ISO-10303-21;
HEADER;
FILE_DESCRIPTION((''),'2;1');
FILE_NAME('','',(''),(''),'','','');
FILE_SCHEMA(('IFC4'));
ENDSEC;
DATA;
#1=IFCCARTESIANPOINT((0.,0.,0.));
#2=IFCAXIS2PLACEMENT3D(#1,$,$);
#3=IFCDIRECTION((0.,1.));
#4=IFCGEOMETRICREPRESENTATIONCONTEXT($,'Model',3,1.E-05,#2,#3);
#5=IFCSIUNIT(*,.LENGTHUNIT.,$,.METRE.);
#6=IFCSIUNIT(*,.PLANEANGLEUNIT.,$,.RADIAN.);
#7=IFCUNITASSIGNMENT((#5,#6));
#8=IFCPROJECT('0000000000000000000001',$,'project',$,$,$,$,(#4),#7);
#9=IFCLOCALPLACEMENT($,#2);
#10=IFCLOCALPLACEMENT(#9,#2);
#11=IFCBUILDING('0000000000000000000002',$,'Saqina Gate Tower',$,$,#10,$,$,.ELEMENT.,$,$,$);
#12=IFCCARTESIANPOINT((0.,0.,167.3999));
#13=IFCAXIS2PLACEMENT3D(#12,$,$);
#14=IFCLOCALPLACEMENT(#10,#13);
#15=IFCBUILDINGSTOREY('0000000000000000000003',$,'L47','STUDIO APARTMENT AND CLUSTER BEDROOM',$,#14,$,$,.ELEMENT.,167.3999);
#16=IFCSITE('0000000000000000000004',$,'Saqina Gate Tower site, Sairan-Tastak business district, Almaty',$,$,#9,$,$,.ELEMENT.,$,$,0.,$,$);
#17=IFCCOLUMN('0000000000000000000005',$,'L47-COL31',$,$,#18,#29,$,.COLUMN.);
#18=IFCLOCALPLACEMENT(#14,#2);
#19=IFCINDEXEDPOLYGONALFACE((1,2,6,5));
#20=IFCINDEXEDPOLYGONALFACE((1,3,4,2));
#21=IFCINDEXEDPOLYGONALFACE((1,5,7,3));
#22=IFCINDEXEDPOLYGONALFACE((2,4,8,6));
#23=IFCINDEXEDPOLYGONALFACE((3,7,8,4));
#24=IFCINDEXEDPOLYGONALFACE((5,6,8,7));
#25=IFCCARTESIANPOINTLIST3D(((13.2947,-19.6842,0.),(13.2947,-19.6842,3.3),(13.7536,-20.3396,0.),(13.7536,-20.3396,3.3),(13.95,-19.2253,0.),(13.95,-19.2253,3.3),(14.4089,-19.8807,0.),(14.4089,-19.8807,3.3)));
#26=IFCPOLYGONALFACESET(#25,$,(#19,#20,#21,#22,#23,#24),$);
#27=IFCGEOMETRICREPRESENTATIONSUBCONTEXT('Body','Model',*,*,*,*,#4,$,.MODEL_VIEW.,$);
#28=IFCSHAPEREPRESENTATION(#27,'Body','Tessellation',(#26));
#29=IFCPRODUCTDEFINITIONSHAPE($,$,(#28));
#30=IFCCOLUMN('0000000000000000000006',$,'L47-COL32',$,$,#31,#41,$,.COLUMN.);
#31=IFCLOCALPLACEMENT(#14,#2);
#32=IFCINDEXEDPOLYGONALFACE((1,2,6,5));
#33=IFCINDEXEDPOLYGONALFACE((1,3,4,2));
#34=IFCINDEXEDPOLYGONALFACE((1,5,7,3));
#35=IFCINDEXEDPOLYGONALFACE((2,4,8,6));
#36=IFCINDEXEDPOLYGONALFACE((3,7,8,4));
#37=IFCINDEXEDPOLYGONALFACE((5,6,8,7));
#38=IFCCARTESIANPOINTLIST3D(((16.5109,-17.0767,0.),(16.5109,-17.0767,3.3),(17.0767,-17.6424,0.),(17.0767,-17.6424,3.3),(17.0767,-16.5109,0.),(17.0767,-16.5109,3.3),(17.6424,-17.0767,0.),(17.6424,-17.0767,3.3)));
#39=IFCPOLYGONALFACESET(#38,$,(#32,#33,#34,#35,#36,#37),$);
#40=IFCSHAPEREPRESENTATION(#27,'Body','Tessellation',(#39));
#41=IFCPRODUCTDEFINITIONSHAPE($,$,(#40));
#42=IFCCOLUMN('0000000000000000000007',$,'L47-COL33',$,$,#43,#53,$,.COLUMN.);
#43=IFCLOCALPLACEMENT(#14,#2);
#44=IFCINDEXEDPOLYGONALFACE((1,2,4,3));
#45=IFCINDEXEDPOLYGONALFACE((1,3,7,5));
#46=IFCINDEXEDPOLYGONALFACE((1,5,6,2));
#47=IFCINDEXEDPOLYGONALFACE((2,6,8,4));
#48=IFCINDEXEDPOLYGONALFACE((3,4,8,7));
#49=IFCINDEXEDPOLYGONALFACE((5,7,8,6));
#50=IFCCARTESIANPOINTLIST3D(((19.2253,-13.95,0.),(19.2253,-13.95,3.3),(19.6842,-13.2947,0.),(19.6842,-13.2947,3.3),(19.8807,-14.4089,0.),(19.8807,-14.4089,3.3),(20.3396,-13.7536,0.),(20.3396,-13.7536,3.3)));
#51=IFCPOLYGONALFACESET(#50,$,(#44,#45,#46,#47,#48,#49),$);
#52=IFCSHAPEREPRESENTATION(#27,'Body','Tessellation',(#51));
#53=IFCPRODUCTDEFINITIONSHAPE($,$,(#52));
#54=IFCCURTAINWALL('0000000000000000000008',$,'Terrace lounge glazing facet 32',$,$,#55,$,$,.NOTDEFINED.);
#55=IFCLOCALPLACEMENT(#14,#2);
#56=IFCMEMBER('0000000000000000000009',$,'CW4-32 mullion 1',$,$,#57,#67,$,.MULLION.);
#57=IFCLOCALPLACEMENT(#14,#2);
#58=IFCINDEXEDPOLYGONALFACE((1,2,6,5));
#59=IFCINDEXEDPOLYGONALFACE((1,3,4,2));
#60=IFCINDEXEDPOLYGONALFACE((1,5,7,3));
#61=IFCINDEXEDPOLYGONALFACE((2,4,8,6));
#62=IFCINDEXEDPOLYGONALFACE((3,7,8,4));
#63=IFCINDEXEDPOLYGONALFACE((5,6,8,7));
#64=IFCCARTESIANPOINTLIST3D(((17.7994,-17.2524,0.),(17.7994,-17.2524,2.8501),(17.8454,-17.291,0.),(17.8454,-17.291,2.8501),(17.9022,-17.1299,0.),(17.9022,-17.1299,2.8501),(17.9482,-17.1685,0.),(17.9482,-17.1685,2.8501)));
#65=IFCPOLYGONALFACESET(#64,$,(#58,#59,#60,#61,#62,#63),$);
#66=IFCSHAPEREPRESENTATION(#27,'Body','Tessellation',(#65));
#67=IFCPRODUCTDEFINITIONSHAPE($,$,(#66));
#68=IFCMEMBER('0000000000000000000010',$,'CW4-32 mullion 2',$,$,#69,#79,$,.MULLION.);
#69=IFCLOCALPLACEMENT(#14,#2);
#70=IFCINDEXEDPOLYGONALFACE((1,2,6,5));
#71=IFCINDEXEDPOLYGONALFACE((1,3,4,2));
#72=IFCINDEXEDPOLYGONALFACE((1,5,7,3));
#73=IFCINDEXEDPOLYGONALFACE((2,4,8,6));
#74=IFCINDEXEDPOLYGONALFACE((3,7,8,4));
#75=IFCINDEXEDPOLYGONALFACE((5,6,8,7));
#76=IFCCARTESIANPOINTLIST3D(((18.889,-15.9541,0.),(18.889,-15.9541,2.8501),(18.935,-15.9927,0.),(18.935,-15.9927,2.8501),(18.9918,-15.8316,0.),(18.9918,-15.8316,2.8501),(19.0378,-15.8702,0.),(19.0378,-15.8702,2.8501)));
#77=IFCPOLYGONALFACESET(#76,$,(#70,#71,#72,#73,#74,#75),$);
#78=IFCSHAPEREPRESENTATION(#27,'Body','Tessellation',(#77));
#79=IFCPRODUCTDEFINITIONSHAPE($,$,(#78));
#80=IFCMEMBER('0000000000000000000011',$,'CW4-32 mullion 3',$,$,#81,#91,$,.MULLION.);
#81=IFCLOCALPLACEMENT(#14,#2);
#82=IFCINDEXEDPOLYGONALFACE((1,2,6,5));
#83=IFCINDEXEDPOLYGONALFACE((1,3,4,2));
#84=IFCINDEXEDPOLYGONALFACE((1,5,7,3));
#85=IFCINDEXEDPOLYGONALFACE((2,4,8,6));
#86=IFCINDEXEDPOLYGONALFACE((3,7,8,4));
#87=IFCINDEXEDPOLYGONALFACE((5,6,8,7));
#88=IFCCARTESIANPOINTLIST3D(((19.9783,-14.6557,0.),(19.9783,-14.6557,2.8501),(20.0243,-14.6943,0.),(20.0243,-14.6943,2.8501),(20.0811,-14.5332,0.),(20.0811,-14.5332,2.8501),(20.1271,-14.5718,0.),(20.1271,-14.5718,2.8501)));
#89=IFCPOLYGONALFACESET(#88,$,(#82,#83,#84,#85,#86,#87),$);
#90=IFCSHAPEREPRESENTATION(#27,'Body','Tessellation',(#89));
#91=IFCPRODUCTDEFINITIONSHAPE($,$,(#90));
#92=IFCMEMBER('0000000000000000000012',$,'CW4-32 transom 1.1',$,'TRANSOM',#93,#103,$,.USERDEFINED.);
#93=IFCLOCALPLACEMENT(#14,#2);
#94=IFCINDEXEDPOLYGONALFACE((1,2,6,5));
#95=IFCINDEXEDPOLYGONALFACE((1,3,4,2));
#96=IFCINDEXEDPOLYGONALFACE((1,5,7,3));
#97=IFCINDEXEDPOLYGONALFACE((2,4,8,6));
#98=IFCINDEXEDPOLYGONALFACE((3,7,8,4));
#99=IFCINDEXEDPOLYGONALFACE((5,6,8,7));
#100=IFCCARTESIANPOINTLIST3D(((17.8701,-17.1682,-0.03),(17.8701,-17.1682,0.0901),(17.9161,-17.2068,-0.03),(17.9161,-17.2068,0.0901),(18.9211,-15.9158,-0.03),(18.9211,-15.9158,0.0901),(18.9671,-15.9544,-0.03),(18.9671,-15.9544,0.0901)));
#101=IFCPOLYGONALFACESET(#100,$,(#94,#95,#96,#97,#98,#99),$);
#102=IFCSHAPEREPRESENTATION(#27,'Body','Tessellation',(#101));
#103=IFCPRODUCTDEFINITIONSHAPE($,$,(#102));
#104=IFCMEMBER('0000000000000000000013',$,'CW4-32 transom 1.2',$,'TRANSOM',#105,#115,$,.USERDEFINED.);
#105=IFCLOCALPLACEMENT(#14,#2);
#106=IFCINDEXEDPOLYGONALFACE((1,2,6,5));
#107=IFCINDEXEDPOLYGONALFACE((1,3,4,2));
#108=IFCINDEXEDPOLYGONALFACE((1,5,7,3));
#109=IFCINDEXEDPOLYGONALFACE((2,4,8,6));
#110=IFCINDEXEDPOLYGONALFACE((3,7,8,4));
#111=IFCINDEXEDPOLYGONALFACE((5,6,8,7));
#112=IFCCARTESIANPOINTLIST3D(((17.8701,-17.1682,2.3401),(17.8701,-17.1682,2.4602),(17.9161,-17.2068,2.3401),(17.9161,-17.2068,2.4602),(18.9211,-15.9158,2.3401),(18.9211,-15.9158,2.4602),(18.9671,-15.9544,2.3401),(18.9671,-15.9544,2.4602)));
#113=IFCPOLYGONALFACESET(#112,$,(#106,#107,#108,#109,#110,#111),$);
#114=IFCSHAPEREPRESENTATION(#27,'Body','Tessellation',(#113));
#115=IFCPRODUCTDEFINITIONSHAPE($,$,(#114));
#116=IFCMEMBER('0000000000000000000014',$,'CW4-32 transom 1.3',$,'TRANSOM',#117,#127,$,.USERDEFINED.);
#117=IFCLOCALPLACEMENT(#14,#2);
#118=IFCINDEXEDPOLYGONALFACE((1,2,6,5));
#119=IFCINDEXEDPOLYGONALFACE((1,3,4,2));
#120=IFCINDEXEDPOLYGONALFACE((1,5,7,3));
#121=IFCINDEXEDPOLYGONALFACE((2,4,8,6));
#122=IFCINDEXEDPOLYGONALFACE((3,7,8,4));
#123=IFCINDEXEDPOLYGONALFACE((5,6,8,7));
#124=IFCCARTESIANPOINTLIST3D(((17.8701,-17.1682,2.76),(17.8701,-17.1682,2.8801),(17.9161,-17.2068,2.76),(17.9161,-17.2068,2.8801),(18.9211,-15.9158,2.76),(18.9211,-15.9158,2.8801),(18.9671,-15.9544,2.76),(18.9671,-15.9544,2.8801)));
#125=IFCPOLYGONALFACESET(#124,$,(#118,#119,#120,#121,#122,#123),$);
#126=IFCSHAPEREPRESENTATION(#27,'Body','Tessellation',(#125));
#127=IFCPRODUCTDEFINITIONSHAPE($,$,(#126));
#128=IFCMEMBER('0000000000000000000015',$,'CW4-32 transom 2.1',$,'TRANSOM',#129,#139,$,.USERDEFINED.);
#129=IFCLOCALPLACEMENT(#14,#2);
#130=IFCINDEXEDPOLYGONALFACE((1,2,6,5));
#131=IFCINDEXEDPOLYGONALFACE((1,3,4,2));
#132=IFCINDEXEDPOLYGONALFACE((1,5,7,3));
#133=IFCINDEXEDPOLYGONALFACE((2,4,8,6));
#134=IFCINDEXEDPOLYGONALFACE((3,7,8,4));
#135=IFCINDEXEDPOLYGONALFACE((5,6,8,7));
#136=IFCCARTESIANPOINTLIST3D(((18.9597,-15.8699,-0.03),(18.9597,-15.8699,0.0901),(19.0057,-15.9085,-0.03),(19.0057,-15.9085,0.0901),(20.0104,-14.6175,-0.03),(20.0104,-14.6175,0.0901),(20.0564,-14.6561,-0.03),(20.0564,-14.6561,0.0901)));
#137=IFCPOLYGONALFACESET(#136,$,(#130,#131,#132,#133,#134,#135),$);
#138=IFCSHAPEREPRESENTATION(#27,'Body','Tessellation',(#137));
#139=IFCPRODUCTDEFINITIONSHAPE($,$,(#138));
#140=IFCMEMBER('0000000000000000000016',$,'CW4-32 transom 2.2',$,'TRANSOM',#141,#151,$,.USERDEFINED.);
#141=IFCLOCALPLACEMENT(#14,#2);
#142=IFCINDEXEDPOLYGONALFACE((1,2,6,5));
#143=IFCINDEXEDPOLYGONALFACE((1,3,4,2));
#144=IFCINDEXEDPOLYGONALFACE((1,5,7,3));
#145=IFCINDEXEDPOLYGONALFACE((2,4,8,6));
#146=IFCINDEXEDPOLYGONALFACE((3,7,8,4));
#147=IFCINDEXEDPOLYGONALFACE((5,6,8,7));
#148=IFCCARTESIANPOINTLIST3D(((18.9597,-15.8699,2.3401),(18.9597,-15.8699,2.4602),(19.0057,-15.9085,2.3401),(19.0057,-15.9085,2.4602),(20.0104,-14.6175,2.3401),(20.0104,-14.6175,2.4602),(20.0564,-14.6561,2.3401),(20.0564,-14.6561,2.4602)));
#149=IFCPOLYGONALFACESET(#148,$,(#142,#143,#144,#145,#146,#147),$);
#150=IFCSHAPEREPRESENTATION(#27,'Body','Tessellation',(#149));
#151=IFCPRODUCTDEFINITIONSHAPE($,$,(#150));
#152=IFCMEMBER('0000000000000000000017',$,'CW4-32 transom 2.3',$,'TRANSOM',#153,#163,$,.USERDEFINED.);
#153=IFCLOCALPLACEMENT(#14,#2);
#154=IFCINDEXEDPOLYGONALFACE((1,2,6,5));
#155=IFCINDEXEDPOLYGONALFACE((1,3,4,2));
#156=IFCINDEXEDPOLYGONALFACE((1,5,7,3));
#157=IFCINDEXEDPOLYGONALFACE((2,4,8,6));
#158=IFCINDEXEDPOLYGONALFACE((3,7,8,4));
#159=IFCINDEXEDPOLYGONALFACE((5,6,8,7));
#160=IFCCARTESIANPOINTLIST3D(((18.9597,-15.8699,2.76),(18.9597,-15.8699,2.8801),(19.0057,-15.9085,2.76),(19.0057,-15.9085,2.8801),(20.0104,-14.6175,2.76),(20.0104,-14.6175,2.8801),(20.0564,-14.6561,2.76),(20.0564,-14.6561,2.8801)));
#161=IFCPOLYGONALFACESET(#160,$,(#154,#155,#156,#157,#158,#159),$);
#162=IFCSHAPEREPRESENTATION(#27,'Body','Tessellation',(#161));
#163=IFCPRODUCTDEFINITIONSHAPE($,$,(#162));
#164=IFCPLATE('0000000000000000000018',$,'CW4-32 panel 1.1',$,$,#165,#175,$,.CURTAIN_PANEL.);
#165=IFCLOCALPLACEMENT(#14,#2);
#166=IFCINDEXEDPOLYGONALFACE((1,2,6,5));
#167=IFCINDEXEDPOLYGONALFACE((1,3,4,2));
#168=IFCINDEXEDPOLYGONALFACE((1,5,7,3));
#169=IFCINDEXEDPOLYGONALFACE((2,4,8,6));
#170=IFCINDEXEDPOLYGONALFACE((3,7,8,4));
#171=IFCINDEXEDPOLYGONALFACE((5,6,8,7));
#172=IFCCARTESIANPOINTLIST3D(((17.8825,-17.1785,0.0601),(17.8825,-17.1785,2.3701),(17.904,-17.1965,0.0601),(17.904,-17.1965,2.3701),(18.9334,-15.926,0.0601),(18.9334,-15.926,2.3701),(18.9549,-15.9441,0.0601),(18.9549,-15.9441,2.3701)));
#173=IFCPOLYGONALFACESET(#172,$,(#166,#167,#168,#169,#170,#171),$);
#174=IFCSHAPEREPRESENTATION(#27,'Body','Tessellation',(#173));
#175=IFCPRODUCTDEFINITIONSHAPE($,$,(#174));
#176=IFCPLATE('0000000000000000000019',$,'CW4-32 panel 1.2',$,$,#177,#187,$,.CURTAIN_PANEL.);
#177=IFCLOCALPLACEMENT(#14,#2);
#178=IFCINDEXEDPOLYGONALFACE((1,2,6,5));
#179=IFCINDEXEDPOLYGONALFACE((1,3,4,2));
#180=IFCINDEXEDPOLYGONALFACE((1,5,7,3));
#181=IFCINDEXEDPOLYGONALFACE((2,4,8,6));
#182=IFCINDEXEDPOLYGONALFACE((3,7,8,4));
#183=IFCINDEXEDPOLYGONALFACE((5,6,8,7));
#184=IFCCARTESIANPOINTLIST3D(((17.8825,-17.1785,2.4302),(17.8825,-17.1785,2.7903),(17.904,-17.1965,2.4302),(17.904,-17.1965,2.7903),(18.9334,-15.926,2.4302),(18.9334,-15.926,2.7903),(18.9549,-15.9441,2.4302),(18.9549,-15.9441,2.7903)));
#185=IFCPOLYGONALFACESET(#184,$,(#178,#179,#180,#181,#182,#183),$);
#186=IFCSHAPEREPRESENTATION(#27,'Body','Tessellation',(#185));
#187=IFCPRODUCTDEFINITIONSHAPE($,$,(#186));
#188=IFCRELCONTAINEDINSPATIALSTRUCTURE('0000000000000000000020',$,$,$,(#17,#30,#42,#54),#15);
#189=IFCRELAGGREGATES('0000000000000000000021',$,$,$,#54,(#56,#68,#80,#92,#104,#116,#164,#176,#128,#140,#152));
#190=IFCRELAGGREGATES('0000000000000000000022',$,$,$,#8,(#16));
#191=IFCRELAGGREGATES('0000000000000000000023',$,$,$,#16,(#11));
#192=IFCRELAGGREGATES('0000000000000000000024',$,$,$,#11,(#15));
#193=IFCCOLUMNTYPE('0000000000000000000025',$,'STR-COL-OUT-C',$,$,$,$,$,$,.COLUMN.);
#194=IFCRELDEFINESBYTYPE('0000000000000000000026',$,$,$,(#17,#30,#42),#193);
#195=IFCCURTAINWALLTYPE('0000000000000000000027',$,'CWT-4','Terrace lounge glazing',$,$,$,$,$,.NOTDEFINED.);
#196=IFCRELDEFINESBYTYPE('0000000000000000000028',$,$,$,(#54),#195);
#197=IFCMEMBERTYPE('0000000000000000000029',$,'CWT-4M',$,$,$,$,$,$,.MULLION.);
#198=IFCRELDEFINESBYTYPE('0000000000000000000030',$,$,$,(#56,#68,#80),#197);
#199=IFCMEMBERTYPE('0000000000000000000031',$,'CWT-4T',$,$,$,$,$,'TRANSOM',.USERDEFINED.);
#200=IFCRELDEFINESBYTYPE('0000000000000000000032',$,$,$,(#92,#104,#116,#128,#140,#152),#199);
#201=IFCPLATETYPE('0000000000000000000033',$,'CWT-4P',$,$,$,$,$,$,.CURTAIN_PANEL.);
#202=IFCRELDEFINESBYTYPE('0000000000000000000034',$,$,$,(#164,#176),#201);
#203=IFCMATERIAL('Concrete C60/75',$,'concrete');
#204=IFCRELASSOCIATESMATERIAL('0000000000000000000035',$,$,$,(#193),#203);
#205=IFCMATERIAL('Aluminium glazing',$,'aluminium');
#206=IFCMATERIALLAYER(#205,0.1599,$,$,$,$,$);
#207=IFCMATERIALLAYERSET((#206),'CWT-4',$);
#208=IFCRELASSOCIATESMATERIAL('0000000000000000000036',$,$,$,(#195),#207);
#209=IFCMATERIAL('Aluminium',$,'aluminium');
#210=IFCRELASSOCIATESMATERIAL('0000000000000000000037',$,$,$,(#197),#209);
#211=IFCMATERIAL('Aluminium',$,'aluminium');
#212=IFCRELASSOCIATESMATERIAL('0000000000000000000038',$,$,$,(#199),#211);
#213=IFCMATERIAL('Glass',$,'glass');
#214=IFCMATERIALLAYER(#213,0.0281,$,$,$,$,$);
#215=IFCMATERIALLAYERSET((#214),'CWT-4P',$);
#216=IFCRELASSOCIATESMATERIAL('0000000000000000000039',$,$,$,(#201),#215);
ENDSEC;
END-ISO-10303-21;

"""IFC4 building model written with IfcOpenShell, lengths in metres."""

from ifc_helpers import new_model, si_unit, direction, frame, origin, origin_2d, place, context, subcontext, project, spatial, rectangle, extrude, material, layer, layer_set, material_profile, profile_set, type_object, element, aggregate, save


model = new_model("IFC4")

# Units and contexts
model_context = context("Model", 3, precision=1e-05, world=origin(), true_north=direction((0.0, 1.0)))
body_context = subcontext(model_context, "Body", "Model", "MODEL_VIEW")
ifc_project = project(units=[si_unit("LENGTHUNIT", "METRE"), si_unit("PLANEANGLEUNIT", "RADIAN")], contexts=[model_context])

# Site, building, storey
site_placement = place(None, origin())
site = spatial("IfcSite", under=ifc_project, at=site_placement, Name="Saqina Gate Tower site, Sairan-Tastak business district, Almaty", CompositionType="ELEMENT", RefElevation=0.0)
building_placement = place(site_placement, origin())
building = spatial("IfcBuilding", under=site, at=building_placement, Name="Saqina Gate Tower", CompositionType="ELEMENT")
storey_placement = place(building_placement, frame((0.0, 0.0, 167.3999)))
storey = spatial("IfcBuildingStorey", under=building, at=storey_placement, Name="L47", Description="STUDIO APARTMENT AND CLUSTER BEDROOM", CompositionType="ELEMENT", Elevation=167.3999)

# Columns
ifc_material_1 = material(Name="Concrete C60/75", Category="concrete")
ifc_material_profile_1 = material_profile(ifc_material_1, rectangle(XDim=0.8, YDim=0.8, at=origin_2d()), Name="RC 800x800")
ifc_profile_set_1 = profile_set([ifc_material_profile_1], Name="Concrete C60/75")
column_type = type_object("IfcColumnType", Name="STR-COL-OUT-C", PredefinedType="COLUMN", material=ifc_profile_set_1)
for number, where, z_axis, x_axis, name in (
    (1, (13.8518, -19.7825, 0.0), (0.0, 0.0, 1.0), (0.573576, -0.819152, 0.0), "L47-COL31"),
    (2, (17.0767, -17.0767, 0.0), (0.0, 0.0, 1.0), (0.707107, -0.707107, 0.0), "L47-COL32"),
    (3, (19.7825, -13.8518, 0.0), (0.0, 0.0, 1.0), (0.819152, -0.573576, 0.0), "L47-COL33"),
):
    element("IfcColumn", number, at=place(storey_placement, frame(where, z_axis=z_axis, x_axis=x_axis)), inside=storey, type_object=column_type, Name=name, PredefinedType="COLUMN", context=body_context, shape_type="SweptSolid", body=[
        extrude(rectangle(XDim=0.8, YDim=0.8, at=origin_2d()), origin(), (0.0, 0.0, 1.0), 3.3),
    ])

# Curtain wall, members, plates
ifc_material_2 = material(Name="Aluminium glazing", Category="aluminium")
ifc_layer_1 = layer(ifc_material_2, 0.1599)
ifc_layer_set_1 = layer_set([ifc_layer_1], Name="CWT-4")
curtain_wall_type = type_object("IfcCurtainWallType", Name="CWT-4", Description="Terrace lounge glazing", PredefinedType="NOTDEFINED", material=ifc_layer_set_1)
curtain_wall_placement = place(storey_placement, origin())
curtain_wall = element("IfcCurtainWall", 4, at=curtain_wall_placement, inside=storey, type_object=curtain_wall_type, Name="Terrace lounge glazing facet 32", PredefinedType="NOTDEFINED")
ifc_material_3 = material(Name="Aluminium", Category="aluminium")
ifc_material_profile_2 = material_profile(ifc_material_3, rectangle(XDim=0.0601, YDim=0.1599, at=origin_2d()), Name="Aluminium 60x160")
ifc_profile_set_2 = profile_set([ifc_material_profile_2], Name="Aluminium")
member_type_1 = type_object("IfcMemberType", Name="CWT-4M", PredefinedType="MULLION", material=ifc_profile_set_2)
member_1_placement = place(storey_placement, frame((17.8738, -17.2104, 0.0), z_axis=(0.0, 0.0, 1.0), x_axis=(-0.766043, 0.64279, 0.0)))
member_1 = element("IfcMember", 5, at=member_1_placement, type_object=member_type_1, Name="CW4-32 mullion 1", PredefinedType="MULLION", context=body_context, shape_type="SweptSolid", body=[
    extrude(rectangle(XDim=0.0601, YDim=0.1599, at=origin_2d()), origin(), (0.0, 0.0, 1.0), 2.8501),
])
member_2_placement = place(storey_placement, frame((18.9634, -15.9121, 0.0), z_axis=(0.0, 0.0, 1.0), x_axis=(-0.766043, 0.64279, 0.0)))
member_2 = element("IfcMember", 6, at=member_2_placement, type_object=member_type_1, Name="CW4-32 mullion 2", PredefinedType="MULLION", context=body_context, shape_type="SweptSolid", body=[
    extrude(rectangle(XDim=0.0601, YDim=0.1599, at=origin_2d()), origin(), (0.0, 0.0, 1.0), 2.8501),
])
member_3_placement = place(storey_placement, frame((20.0527, -14.6138, 0.0), z_axis=(0.0, 0.0, 1.0), x_axis=(-0.766043, 0.64279, 0.0)))
member_3 = element("IfcMember", 7, at=member_3_placement, type_object=member_type_1, Name="CW4-32 mullion 3", PredefinedType="MULLION", context=body_context, shape_type="SweptSolid", body=[
    extrude(rectangle(XDim=0.0601, YDim=0.1599, at=origin_2d()), origin(), (0.0, 0.0, 1.0), 2.8501),
])
ifc_material_4 = material(Name="Aluminium", Category="aluminium")
ifc_material_profile_3 = material_profile(ifc_material_4, rectangle(XDim=0.0601, YDim=0.1201, at=origin_2d()), Name="Aluminium 60x120")
ifc_profile_set_3 = profile_set([ifc_material_profile_3], Name="Aluminium")
member_type_2 = type_object("IfcMemberType", Name="CWT-4T", ElementType="TRANSOM", PredefinedType="USERDEFINED", material=ifc_profile_set_3)
member_4_placement = place(storey_placement, frame((17.8931, -17.1875, 0.03), z_axis=(0.642824, 0.766014, 0.0), x_axis=(-0.766014, 0.642824, 0.0)))
member_4 = element("IfcMember", 8, at=member_4_placement, type_object=member_type_2, Name="CW4-32 transom 1.1", ObjectType="TRANSOM", PredefinedType="USERDEFINED", context=body_context, shape_type="SweptSolid", body=[
    extrude(rectangle(XDim=0.0601, YDim=0.1201, at=origin_2d()), origin(), (0.0, 0.0, 1.0), 1.635),
])
member_5_placement = place(storey_placement, frame((17.8931, -17.1875, 2.4001), z_axis=(0.642824, 0.766014, 0.0), x_axis=(-0.766014, 0.642824, 0.0)))
member_5 = element("IfcMember", 9, at=member_5_placement, type_object=member_type_2, Name="CW4-32 transom 1.2", ObjectType="TRANSOM", PredefinedType="USERDEFINED", context=body_context, shape_type="SweptSolid", body=[
    extrude(rectangle(XDim=0.0601, YDim=0.1201, at=origin_2d()), origin(), (0.0, 0.0, 1.0), 1.635),
])
member_6_placement = place(storey_placement, frame((17.8931, -17.1875, 2.8201), z_axis=(0.642824, 0.766014, 0.0), x_axis=(-0.766014, 0.642824, 0.0)))
member_6 = element("IfcMember", 10, at=member_6_placement, type_object=member_type_2, Name="CW4-32 transom 1.3", ObjectType="TRANSOM", PredefinedType="USERDEFINED", context=body_context, shape_type="SweptSolid", body=[
    extrude(rectangle(XDim=0.0601, YDim=0.1201, at=origin_2d()), origin(), (0.0, 0.0, 1.0), 1.635),
])
member_7_placement = place(storey_placement, frame((18.9827, -15.8892, 0.03), z_axis=(0.642737, 0.766087, 0.0), x_axis=(-0.766087, 0.642737, 0.0)))
member_7 = element("IfcMember", 11, at=member_7_placement, type_object=member_type_2, Name="CW4-32 transom 2.1", ObjectType="TRANSOM", PredefinedType="USERDEFINED", context=body_context, shape_type="SweptSolid", body=[
    extrude(rectangle(XDim=0.0601, YDim=0.1201, at=origin_2d()), origin(), (0.0, 0.0, 1.0), 1.6348),
])
member_8_placement = place(storey_placement, frame((18.9827, -15.8892, 2.4001), z_axis=(0.642737, 0.766087, 0.0), x_axis=(-0.766087, 0.642737, 0.0)))
member_8 = element("IfcMember", 12, at=member_8_placement, type_object=member_type_2, Name="CW4-32 transom 2.2", ObjectType="TRANSOM", PredefinedType="USERDEFINED", context=body_context, shape_type="SweptSolid", body=[
    extrude(rectangle(XDim=0.0601, YDim=0.1201, at=origin_2d()), origin(), (0.0, 0.0, 1.0), 1.6348),
])
member_9_placement = place(storey_placement, frame((18.9827, -15.8892, 2.8201), z_axis=(0.642737, 0.766087, 0.0), x_axis=(-0.766087, 0.642737, 0.0)))
member_9 = element("IfcMember", 13, at=member_9_placement, type_object=member_type_2, Name="CW4-32 transom 2.3", ObjectType="TRANSOM", PredefinedType="USERDEFINED", context=body_context, shape_type="SweptSolid", body=[
    extrude(rectangle(XDim=0.0601, YDim=0.1201, at=origin_2d()), origin(), (0.0, 0.0, 1.0), 1.6348),
])
ifc_material_5 = material(Name="Glass", Category="glass")
ifc_layer_2 = layer(ifc_material_5, 0.0281)
ifc_layer_set_2 = layer_set([ifc_layer_2], Name="CWT-4P")
plate_type = type_object("IfcPlateType", Name="CWT-4P", PredefinedType="CURTAIN_PANEL", material=ifc_layer_set_2)
plate_1_placement = place(storey_placement, frame((18.4187, -16.5613, 0.0601), z_axis=(0.0, 0.0, 1.0), x_axis=(0.64279, 0.766043, 0.0)))
plate_1 = element("IfcPlate", 14, at=plate_1_placement, type_object=plate_type, Name="CW4-32 panel 1.1", PredefinedType="CURTAIN_PANEL", context=body_context, shape_type="SweptSolid", body=[
    extrude(rectangle(XDim=1.635, YDim=0.0281, at=origin_2d()), origin(), (0.0, 0.0, 1.0), 2.3101),
])
plate_2_placement = place(storey_placement, frame((18.4187, -16.5613, 2.4302), z_axis=(0.0, 0.0, 1.0), x_axis=(0.64279, 0.766043, 0.0)))
plate_2 = element("IfcPlate", 15, at=plate_2_placement, type_object=plate_type, Name="CW4-32 panel 1.2", PredefinedType="CURTAIN_PANEL", context=body_context, shape_type="SweptSolid", body=[
    extrude(rectangle(XDim=1.635, YDim=0.0281, at=origin_2d()), origin(), (0.0, 0.0, 1.0), 0.3601),
])
aggregate(curtain_wall, [member_1, member_2, member_3, member_4, member_5, member_6, plate_1, plate_2, member_7, member_8, member_9])

save(model, "model.ifc")
